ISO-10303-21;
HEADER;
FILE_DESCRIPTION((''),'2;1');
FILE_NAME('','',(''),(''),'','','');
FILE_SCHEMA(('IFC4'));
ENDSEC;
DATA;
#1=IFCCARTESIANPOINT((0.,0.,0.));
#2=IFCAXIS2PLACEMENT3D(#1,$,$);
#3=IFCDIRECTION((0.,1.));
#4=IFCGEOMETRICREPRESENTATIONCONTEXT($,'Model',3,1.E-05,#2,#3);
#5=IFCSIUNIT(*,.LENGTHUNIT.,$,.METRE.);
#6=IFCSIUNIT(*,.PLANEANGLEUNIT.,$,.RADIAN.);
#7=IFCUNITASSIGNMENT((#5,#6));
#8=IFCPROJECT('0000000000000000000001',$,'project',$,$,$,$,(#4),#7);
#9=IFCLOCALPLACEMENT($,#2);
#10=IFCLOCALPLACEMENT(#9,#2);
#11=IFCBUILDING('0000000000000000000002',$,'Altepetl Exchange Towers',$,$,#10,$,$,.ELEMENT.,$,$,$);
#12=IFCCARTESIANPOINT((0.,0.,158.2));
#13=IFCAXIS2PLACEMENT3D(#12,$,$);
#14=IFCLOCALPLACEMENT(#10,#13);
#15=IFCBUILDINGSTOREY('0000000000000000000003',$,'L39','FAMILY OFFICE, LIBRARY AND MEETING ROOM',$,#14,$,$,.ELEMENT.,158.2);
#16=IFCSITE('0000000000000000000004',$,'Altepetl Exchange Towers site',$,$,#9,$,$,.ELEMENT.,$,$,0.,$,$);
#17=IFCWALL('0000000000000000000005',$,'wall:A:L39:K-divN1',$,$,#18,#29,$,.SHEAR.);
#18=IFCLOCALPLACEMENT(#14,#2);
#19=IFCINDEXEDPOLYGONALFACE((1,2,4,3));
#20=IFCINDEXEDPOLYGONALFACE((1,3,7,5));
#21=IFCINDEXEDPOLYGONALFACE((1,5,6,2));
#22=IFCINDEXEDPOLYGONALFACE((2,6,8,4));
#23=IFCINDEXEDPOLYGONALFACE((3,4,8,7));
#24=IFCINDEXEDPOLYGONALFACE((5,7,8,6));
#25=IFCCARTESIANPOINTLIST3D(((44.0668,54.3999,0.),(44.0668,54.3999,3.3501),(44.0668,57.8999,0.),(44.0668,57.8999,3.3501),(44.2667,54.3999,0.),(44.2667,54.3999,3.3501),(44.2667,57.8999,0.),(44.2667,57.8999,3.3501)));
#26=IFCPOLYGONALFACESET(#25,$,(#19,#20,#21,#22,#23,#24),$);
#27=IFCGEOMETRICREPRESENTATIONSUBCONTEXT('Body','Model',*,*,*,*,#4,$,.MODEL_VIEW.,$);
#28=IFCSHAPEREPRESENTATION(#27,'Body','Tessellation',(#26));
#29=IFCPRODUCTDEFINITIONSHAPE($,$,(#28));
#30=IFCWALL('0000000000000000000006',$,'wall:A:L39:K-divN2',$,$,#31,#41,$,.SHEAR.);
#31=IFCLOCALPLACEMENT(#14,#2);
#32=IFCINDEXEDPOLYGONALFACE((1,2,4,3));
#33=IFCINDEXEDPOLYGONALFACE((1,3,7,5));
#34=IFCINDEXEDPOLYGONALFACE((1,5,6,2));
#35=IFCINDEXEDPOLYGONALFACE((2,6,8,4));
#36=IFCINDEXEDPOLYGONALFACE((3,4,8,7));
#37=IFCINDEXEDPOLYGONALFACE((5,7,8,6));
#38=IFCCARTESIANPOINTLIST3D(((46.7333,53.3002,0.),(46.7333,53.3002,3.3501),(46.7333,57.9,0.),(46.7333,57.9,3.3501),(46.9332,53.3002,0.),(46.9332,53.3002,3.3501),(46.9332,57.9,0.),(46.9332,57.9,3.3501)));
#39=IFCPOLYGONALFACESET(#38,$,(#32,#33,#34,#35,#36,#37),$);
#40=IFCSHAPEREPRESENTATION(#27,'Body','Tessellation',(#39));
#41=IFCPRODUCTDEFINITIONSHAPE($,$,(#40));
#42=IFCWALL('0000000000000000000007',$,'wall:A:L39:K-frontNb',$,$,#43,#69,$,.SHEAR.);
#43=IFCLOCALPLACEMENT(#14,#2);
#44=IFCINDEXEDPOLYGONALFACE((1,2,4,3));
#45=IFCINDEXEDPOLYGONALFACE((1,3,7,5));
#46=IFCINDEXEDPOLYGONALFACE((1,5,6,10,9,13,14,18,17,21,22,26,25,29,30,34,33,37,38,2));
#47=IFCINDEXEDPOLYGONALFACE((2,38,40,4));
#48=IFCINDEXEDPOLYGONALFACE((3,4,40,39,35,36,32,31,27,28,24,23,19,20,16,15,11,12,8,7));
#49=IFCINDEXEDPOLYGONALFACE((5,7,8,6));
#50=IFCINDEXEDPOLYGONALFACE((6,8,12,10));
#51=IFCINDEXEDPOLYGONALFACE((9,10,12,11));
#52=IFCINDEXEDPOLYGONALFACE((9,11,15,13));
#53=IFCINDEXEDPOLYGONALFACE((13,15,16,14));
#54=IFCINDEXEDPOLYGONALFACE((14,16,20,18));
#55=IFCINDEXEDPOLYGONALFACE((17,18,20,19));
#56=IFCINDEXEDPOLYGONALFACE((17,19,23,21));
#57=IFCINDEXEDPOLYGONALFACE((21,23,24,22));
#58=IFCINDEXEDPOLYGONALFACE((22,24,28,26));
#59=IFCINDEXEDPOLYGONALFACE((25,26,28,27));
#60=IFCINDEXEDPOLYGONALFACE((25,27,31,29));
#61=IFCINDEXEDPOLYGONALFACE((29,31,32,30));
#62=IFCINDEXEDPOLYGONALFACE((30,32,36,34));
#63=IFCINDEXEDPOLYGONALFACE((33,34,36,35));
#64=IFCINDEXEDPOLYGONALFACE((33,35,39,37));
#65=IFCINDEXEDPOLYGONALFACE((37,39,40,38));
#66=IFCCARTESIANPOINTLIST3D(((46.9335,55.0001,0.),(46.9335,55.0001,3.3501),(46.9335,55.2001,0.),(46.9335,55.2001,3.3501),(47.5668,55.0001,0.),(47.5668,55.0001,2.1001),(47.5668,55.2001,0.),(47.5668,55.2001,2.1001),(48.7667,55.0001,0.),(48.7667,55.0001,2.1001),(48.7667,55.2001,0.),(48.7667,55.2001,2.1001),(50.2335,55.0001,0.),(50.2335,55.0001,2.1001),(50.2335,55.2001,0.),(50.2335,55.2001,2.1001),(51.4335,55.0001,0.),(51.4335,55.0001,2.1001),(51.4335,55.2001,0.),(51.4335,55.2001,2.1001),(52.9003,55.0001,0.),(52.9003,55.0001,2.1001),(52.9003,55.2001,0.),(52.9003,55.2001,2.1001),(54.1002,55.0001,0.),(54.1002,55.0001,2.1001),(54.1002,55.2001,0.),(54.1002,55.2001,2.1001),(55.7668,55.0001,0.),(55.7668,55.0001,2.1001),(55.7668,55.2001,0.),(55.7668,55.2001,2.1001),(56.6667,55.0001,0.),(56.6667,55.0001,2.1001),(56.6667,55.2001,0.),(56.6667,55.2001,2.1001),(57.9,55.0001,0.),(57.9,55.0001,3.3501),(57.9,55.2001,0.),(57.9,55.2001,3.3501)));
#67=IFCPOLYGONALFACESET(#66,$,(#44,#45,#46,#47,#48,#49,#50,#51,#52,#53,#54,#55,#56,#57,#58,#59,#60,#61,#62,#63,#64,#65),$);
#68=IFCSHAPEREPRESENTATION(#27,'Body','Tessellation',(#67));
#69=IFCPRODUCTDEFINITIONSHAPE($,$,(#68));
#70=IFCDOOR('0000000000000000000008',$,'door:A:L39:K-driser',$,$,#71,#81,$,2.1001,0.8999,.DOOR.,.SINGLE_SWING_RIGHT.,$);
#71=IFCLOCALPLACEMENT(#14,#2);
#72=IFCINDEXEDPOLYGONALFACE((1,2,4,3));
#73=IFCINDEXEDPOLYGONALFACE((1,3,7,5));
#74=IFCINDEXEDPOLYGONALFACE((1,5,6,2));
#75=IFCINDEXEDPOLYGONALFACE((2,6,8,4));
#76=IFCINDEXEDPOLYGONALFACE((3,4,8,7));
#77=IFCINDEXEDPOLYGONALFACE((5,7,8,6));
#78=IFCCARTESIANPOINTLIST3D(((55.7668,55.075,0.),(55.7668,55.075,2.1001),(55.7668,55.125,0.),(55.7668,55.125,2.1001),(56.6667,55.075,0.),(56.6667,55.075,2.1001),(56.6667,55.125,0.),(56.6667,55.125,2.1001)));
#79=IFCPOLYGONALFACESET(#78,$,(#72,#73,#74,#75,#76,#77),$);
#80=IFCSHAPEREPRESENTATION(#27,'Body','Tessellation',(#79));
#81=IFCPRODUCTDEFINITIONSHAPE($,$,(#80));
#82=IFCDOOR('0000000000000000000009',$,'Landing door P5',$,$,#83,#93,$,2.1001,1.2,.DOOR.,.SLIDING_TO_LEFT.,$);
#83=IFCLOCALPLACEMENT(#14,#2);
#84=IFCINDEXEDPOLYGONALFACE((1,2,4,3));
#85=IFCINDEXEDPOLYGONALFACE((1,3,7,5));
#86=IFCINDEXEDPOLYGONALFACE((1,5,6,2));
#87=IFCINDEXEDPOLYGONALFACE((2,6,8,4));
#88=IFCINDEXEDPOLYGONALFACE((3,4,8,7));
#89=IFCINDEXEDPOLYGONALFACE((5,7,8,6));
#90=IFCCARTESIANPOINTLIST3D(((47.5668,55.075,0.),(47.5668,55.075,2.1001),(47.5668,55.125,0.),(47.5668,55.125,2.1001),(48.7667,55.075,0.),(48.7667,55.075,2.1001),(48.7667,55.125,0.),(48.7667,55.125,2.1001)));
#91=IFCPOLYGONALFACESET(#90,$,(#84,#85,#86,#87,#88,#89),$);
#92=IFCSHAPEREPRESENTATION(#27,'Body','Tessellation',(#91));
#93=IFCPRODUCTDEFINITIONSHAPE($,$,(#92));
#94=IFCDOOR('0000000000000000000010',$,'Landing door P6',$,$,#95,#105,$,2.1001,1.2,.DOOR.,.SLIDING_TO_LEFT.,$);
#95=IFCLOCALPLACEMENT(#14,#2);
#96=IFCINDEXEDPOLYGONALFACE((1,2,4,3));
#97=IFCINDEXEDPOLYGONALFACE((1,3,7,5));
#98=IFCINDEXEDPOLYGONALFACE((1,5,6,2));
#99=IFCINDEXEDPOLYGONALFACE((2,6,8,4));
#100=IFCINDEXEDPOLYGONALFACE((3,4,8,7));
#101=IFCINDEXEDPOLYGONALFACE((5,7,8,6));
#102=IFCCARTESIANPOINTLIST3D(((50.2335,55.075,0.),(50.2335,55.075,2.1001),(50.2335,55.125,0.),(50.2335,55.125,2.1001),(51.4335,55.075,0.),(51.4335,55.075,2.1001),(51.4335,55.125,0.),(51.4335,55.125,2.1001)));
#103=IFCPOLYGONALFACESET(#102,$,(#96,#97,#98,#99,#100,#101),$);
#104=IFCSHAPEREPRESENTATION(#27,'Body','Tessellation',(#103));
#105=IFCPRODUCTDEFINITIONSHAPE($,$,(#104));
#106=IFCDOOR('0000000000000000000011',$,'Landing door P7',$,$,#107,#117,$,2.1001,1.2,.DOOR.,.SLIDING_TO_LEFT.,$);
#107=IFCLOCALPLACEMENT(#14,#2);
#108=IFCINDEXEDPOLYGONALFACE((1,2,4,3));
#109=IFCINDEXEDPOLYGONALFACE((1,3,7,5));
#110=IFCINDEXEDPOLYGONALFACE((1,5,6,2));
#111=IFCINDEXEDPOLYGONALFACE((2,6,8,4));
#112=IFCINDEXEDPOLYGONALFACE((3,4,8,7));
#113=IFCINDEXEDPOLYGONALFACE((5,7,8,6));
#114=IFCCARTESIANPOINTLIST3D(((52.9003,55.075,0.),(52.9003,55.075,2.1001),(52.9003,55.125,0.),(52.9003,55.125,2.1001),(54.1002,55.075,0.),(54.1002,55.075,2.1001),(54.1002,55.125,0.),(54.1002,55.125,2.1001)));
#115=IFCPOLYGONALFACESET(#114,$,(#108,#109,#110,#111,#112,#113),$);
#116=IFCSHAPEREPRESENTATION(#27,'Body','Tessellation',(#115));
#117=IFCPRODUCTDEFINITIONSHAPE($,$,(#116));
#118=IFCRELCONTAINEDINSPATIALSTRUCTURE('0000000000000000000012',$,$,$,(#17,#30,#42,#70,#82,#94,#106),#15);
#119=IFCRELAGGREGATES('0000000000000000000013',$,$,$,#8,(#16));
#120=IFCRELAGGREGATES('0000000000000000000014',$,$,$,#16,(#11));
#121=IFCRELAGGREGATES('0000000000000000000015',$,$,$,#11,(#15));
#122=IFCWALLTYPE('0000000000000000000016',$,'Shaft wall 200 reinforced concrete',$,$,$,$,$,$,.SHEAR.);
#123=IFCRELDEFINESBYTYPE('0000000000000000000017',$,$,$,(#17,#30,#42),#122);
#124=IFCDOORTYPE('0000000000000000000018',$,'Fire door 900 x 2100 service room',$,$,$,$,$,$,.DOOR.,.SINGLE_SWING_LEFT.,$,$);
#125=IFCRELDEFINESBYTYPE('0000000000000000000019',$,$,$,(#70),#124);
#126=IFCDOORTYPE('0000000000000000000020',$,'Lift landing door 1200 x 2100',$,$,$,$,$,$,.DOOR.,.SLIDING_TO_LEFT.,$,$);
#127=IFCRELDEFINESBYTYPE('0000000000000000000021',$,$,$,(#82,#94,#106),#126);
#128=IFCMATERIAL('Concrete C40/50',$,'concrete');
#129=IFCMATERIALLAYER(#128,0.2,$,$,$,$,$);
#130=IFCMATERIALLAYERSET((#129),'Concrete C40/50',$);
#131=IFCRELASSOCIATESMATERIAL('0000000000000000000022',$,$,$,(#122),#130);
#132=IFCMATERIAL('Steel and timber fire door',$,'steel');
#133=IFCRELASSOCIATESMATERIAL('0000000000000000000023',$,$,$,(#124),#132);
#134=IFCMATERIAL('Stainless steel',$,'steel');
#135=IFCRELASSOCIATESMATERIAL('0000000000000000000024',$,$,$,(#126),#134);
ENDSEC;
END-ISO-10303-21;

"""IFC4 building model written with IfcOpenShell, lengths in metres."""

from ifc_helpers import new_model, si_unit, direction, frame, frame_2d, origin, place, context, subcontext, project, spatial, rectangle, extrude, material, layer, layer_set, type_object, element, fill, save


model = new_model("IFC4")

# Units and contexts
model_context = context("Model", 3, precision=1e-05, world=origin(), true_north=direction((0.0, 1.0)))
body_context = subcontext(model_context, "Body", "Model", "MODEL_VIEW")
ifc_project = project(units=[si_unit("LENGTHUNIT", "METRE"), si_unit("PLANEANGLEUNIT", "RADIAN")], contexts=[model_context])

# Site, building, storey
site_placement = place(None, origin())
site = spatial("IfcSite", under=ifc_project, at=site_placement, Name="Altepetl Exchange Towers site", CompositionType="ELEMENT", RefElevation=0.0)
building_placement = place(site_placement, origin())
building = spatial("IfcBuilding", under=site, at=building_placement, Name="Altepetl Exchange Towers", CompositionType="ELEMENT")
storey_placement = place(building_placement, frame((0.0, 0.0, 158.2)))
storey = spatial("IfcBuildingStorey", under=building, at=storey_placement, Name="L39", Description="FAMILY OFFICE, LIBRARY AND MEETING ROOM", CompositionType="ELEMENT", Elevation=158.2)

# Shared definitions
ifc_material_1 = material(Name="Steel and timber fire door", Category="steel")

# Walls
ifc_material_2 = material(Name="Concrete C40/50", Category="concrete")
ifc_layer_1 = layer(ifc_material_2, 0.2)
ifc_layer_set_1 = layer_set([ifc_layer_1], Name="Concrete C40/50")
wall_type_1 = type_object("IfcWallType", Name="Shaft wall 200 reinforced concrete", PredefinedType="SHEAR", material=ifc_layer_set_1)
wall_1_placement = place(storey_placement, frame((44.1667, 57.8999, 0.0), z_axis=(0.0, 0.0, 1.0), x_axis=(0.0, -1.0, 0.0)))
element("IfcWall", 1, at=wall_1_placement, inside=storey, type_object=wall_type_1, Name="wall:A:L39:K-divN1", PredefinedType="SHEAR", context=body_context, shape_type="SweptSolid", body=[
    extrude(rectangle(XDim=3.5, YDim=0.2, at=frame_2d((1.75, 0.0))), origin(), (0.0, 0.0, 1.0), 3.3501),
])
wall_2_placement = place(storey_placement, frame((46.8333, 57.8999, 0.0), z_axis=(0.0, 0.0, 1.0), x_axis=(0.0, -1.0, 0.0)))
element("IfcWall", 2, at=wall_2_placement, inside=storey, type_object=wall_type_1, Name="wall:A:L39:K-divN2", PredefinedType="SHEAR", context=body_context, shape_type="SweptSolid", body=[
    extrude(rectangle(XDim=4.5999, YDim=0.2, at=frame_2d((2.2998, 0.0))), origin(), (0.0, 0.0, 1.0), 3.3501),
])

# Wall, openings, doors
wall_3_placement = place(storey_placement, frame((46.9333, 55.1001, 0.0)))
wall_3 = element("IfcWall", 3, at=wall_3_placement, inside=storey, type_object=wall_type_1, Name="wall:A:L39:K-frontNb", PredefinedType="SHEAR", context=body_context, shape_type="SweptSolid", body=[
    extrude(rectangle(XDim=10.9666, YDim=0.2, at=frame_2d((5.4834, 0.0))), origin(), (0.0, 0.0, 1.0), 3.3501),
])
opening_1_placement = place(wall_3_placement, frame((8.8335, 0.0, 0.0)))
opening_1 = element("IfcOpeningElement", 4, at=opening_1_placement, cuts=wall_3, PredefinedType="OPENING", context=body_context, shape_type="SweptSolid", body=[
    extrude(rectangle(XDim=0.8999, YDim=2.1001, at=frame_2d((0.45, 1.05))), frame((0.0, 0.1099, 0.0), z_axis=(0.0, -1.0, 0.0), x_axis=(1.0, 0.0, 0.0)), (0.0, 0.0, 1.0), 0.22),
])
opening_2_placement = place(wall_3_placement, frame((0.6333, 0.0, 0.0)))
opening_2 = element("IfcOpeningElement", 5, at=opening_2_placement, cuts=wall_3, PredefinedType="OPENING", context=body_context, shape_type="SweptSolid", body=[
    extrude(rectangle(XDim=1.2, YDim=2.1001, at=frame_2d((0.6001, 1.05))), frame((0.0, 0.1099, 0.0), z_axis=(0.0, -1.0, 0.0), x_axis=(1.0, 0.0, 0.0)), (0.0, 0.0, 1.0), 0.22),
])
opening_3_placement = place(wall_3_placement, frame((3.3, 0.0, 0.0)))
opening_3 = element("IfcOpeningElement", 6, at=opening_3_placement, cuts=wall_3, PredefinedType="OPENING", context=body_context, shape_type="SweptSolid", body=[
    extrude(rectangle(XDim=1.2, YDim=2.1001, at=frame_2d((0.6001, 1.05))), frame((0.0, 0.1099, 0.0), z_axis=(0.0, -1.0, 0.0), x_axis=(1.0, 0.0, 0.0)), (0.0, 0.0, 1.0), 0.22),
])
opening_4_placement = place(wall_3_placement, frame((5.9668, 0.0, 0.0)))
opening_4 = element("IfcOpeningElement", 7, at=opening_4_placement, cuts=wall_3, PredefinedType="OPENING", context=body_context, shape_type="SweptSolid", body=[
    extrude(rectangle(XDim=1.2, YDim=2.1001, at=frame_2d((0.6001, 1.05))), frame((0.0, 0.1099, 0.0), z_axis=(0.0, -1.0, 0.0), x_axis=(1.0, 0.0, 0.0)), (0.0, 0.0, 1.0), 0.22),
])
door_type_1 = type_object("IfcDoorType", Name="Fire door 900 x 2100 service room", OperationType="SINGLE_SWING_LEFT", PredefinedType="DOOR", material=ifc_material_1)
door_1_placement = place(opening_1_placement, origin())
door_1 = element("IfcDoor", 8, at=door_1_placement, inside=storey, type_object=door_type_1, Name="door:A:L39:K-driser", OperationType="SINGLE_SWING_RIGHT", OverallHeight=2.1001, OverallWidth=0.8999, PredefinedType="DOOR", context=body_context, shape_type="SweptSolid", body=[
    extrude(rectangle(XDim=0.8999, YDim=2.1001, at=frame_2d((0.45, 1.05))), frame((0.0, 0.0249, 0.0), z_axis=(0.0, -1.0, 0.0), x_axis=(1.0, 0.0, 0.0)), (0.0, 0.0, 1.0), 0.05),
])
fill(opening_1, door_1)
ifc_material_3 = material(Name="Stainless steel", Category="steel")
door_type_2 = type_object("IfcDoorType", Name="Lift landing door 1200 x 2100", OperationType="SLIDING_TO_LEFT", PredefinedType="DOOR", material=ifc_material_3)
door_2_placement = place(opening_2_placement, origin())
door_2 = element("IfcDoor", 9, at=door_2_placement, inside=storey, type_object=door_type_2, Name="Landing door P5", OperationType="SLIDING_TO_LEFT", OverallHeight=2.1001, OverallWidth=1.2, PredefinedType="DOOR", context=body_context, shape_type="SweptSolid", body=[
    extrude(rectangle(XDim=1.2, YDim=2.1001, at=frame_2d((0.6001, 1.05))), frame((0.0, 0.0249, 0.0), z_axis=(0.0, -1.0, 0.0), x_axis=(1.0, 0.0, 0.0)), (0.0, 0.0, 1.0), 0.05),
])
fill(opening_2, door_2)
door_3_placement = place(opening_3_placement, origin())
door_3 = element("IfcDoor", 10, at=door_3_placement, inside=storey, type_object=door_type_2, Name="Landing door P6", OperationType="SLIDING_TO_LEFT", OverallHeight=2.1001, OverallWidth=1.2, PredefinedType="DOOR", context=body_context, shape_type="SweptSolid", body=[
    extrude(rectangle(XDim=1.2, YDim=2.1001, at=frame_2d((0.6001, 1.05))), frame((0.0, 0.0249, 0.0), z_axis=(0.0, -1.0, 0.0), x_axis=(1.0, 0.0, 0.0)), (0.0, 0.0, 1.0), 0.05),
])
fill(opening_3, door_3)
door_4_placement = place(opening_4_placement, origin())
door_4 = element("IfcDoor", 11, at=door_4_placement, inside=storey, type_object=door_type_2, Name="Landing door P7", OperationType="SLIDING_TO_LEFT", OverallHeight=2.1001, OverallWidth=1.2, PredefinedType="DOOR", context=body_context, shape_type="SweptSolid", body=[
    extrude(rectangle(XDim=1.2, YDim=2.1001, at=frame_2d((0.6001, 1.05))), frame((0.0, 0.0249, 0.0), z_axis=(0.0, -1.0, 0.0), x_axis=(1.0, 0.0, 0.0)), (0.0, 0.0, 1.0), 0.05),
])
fill(opening_4, door_4)

save(model, "model.ifc")
